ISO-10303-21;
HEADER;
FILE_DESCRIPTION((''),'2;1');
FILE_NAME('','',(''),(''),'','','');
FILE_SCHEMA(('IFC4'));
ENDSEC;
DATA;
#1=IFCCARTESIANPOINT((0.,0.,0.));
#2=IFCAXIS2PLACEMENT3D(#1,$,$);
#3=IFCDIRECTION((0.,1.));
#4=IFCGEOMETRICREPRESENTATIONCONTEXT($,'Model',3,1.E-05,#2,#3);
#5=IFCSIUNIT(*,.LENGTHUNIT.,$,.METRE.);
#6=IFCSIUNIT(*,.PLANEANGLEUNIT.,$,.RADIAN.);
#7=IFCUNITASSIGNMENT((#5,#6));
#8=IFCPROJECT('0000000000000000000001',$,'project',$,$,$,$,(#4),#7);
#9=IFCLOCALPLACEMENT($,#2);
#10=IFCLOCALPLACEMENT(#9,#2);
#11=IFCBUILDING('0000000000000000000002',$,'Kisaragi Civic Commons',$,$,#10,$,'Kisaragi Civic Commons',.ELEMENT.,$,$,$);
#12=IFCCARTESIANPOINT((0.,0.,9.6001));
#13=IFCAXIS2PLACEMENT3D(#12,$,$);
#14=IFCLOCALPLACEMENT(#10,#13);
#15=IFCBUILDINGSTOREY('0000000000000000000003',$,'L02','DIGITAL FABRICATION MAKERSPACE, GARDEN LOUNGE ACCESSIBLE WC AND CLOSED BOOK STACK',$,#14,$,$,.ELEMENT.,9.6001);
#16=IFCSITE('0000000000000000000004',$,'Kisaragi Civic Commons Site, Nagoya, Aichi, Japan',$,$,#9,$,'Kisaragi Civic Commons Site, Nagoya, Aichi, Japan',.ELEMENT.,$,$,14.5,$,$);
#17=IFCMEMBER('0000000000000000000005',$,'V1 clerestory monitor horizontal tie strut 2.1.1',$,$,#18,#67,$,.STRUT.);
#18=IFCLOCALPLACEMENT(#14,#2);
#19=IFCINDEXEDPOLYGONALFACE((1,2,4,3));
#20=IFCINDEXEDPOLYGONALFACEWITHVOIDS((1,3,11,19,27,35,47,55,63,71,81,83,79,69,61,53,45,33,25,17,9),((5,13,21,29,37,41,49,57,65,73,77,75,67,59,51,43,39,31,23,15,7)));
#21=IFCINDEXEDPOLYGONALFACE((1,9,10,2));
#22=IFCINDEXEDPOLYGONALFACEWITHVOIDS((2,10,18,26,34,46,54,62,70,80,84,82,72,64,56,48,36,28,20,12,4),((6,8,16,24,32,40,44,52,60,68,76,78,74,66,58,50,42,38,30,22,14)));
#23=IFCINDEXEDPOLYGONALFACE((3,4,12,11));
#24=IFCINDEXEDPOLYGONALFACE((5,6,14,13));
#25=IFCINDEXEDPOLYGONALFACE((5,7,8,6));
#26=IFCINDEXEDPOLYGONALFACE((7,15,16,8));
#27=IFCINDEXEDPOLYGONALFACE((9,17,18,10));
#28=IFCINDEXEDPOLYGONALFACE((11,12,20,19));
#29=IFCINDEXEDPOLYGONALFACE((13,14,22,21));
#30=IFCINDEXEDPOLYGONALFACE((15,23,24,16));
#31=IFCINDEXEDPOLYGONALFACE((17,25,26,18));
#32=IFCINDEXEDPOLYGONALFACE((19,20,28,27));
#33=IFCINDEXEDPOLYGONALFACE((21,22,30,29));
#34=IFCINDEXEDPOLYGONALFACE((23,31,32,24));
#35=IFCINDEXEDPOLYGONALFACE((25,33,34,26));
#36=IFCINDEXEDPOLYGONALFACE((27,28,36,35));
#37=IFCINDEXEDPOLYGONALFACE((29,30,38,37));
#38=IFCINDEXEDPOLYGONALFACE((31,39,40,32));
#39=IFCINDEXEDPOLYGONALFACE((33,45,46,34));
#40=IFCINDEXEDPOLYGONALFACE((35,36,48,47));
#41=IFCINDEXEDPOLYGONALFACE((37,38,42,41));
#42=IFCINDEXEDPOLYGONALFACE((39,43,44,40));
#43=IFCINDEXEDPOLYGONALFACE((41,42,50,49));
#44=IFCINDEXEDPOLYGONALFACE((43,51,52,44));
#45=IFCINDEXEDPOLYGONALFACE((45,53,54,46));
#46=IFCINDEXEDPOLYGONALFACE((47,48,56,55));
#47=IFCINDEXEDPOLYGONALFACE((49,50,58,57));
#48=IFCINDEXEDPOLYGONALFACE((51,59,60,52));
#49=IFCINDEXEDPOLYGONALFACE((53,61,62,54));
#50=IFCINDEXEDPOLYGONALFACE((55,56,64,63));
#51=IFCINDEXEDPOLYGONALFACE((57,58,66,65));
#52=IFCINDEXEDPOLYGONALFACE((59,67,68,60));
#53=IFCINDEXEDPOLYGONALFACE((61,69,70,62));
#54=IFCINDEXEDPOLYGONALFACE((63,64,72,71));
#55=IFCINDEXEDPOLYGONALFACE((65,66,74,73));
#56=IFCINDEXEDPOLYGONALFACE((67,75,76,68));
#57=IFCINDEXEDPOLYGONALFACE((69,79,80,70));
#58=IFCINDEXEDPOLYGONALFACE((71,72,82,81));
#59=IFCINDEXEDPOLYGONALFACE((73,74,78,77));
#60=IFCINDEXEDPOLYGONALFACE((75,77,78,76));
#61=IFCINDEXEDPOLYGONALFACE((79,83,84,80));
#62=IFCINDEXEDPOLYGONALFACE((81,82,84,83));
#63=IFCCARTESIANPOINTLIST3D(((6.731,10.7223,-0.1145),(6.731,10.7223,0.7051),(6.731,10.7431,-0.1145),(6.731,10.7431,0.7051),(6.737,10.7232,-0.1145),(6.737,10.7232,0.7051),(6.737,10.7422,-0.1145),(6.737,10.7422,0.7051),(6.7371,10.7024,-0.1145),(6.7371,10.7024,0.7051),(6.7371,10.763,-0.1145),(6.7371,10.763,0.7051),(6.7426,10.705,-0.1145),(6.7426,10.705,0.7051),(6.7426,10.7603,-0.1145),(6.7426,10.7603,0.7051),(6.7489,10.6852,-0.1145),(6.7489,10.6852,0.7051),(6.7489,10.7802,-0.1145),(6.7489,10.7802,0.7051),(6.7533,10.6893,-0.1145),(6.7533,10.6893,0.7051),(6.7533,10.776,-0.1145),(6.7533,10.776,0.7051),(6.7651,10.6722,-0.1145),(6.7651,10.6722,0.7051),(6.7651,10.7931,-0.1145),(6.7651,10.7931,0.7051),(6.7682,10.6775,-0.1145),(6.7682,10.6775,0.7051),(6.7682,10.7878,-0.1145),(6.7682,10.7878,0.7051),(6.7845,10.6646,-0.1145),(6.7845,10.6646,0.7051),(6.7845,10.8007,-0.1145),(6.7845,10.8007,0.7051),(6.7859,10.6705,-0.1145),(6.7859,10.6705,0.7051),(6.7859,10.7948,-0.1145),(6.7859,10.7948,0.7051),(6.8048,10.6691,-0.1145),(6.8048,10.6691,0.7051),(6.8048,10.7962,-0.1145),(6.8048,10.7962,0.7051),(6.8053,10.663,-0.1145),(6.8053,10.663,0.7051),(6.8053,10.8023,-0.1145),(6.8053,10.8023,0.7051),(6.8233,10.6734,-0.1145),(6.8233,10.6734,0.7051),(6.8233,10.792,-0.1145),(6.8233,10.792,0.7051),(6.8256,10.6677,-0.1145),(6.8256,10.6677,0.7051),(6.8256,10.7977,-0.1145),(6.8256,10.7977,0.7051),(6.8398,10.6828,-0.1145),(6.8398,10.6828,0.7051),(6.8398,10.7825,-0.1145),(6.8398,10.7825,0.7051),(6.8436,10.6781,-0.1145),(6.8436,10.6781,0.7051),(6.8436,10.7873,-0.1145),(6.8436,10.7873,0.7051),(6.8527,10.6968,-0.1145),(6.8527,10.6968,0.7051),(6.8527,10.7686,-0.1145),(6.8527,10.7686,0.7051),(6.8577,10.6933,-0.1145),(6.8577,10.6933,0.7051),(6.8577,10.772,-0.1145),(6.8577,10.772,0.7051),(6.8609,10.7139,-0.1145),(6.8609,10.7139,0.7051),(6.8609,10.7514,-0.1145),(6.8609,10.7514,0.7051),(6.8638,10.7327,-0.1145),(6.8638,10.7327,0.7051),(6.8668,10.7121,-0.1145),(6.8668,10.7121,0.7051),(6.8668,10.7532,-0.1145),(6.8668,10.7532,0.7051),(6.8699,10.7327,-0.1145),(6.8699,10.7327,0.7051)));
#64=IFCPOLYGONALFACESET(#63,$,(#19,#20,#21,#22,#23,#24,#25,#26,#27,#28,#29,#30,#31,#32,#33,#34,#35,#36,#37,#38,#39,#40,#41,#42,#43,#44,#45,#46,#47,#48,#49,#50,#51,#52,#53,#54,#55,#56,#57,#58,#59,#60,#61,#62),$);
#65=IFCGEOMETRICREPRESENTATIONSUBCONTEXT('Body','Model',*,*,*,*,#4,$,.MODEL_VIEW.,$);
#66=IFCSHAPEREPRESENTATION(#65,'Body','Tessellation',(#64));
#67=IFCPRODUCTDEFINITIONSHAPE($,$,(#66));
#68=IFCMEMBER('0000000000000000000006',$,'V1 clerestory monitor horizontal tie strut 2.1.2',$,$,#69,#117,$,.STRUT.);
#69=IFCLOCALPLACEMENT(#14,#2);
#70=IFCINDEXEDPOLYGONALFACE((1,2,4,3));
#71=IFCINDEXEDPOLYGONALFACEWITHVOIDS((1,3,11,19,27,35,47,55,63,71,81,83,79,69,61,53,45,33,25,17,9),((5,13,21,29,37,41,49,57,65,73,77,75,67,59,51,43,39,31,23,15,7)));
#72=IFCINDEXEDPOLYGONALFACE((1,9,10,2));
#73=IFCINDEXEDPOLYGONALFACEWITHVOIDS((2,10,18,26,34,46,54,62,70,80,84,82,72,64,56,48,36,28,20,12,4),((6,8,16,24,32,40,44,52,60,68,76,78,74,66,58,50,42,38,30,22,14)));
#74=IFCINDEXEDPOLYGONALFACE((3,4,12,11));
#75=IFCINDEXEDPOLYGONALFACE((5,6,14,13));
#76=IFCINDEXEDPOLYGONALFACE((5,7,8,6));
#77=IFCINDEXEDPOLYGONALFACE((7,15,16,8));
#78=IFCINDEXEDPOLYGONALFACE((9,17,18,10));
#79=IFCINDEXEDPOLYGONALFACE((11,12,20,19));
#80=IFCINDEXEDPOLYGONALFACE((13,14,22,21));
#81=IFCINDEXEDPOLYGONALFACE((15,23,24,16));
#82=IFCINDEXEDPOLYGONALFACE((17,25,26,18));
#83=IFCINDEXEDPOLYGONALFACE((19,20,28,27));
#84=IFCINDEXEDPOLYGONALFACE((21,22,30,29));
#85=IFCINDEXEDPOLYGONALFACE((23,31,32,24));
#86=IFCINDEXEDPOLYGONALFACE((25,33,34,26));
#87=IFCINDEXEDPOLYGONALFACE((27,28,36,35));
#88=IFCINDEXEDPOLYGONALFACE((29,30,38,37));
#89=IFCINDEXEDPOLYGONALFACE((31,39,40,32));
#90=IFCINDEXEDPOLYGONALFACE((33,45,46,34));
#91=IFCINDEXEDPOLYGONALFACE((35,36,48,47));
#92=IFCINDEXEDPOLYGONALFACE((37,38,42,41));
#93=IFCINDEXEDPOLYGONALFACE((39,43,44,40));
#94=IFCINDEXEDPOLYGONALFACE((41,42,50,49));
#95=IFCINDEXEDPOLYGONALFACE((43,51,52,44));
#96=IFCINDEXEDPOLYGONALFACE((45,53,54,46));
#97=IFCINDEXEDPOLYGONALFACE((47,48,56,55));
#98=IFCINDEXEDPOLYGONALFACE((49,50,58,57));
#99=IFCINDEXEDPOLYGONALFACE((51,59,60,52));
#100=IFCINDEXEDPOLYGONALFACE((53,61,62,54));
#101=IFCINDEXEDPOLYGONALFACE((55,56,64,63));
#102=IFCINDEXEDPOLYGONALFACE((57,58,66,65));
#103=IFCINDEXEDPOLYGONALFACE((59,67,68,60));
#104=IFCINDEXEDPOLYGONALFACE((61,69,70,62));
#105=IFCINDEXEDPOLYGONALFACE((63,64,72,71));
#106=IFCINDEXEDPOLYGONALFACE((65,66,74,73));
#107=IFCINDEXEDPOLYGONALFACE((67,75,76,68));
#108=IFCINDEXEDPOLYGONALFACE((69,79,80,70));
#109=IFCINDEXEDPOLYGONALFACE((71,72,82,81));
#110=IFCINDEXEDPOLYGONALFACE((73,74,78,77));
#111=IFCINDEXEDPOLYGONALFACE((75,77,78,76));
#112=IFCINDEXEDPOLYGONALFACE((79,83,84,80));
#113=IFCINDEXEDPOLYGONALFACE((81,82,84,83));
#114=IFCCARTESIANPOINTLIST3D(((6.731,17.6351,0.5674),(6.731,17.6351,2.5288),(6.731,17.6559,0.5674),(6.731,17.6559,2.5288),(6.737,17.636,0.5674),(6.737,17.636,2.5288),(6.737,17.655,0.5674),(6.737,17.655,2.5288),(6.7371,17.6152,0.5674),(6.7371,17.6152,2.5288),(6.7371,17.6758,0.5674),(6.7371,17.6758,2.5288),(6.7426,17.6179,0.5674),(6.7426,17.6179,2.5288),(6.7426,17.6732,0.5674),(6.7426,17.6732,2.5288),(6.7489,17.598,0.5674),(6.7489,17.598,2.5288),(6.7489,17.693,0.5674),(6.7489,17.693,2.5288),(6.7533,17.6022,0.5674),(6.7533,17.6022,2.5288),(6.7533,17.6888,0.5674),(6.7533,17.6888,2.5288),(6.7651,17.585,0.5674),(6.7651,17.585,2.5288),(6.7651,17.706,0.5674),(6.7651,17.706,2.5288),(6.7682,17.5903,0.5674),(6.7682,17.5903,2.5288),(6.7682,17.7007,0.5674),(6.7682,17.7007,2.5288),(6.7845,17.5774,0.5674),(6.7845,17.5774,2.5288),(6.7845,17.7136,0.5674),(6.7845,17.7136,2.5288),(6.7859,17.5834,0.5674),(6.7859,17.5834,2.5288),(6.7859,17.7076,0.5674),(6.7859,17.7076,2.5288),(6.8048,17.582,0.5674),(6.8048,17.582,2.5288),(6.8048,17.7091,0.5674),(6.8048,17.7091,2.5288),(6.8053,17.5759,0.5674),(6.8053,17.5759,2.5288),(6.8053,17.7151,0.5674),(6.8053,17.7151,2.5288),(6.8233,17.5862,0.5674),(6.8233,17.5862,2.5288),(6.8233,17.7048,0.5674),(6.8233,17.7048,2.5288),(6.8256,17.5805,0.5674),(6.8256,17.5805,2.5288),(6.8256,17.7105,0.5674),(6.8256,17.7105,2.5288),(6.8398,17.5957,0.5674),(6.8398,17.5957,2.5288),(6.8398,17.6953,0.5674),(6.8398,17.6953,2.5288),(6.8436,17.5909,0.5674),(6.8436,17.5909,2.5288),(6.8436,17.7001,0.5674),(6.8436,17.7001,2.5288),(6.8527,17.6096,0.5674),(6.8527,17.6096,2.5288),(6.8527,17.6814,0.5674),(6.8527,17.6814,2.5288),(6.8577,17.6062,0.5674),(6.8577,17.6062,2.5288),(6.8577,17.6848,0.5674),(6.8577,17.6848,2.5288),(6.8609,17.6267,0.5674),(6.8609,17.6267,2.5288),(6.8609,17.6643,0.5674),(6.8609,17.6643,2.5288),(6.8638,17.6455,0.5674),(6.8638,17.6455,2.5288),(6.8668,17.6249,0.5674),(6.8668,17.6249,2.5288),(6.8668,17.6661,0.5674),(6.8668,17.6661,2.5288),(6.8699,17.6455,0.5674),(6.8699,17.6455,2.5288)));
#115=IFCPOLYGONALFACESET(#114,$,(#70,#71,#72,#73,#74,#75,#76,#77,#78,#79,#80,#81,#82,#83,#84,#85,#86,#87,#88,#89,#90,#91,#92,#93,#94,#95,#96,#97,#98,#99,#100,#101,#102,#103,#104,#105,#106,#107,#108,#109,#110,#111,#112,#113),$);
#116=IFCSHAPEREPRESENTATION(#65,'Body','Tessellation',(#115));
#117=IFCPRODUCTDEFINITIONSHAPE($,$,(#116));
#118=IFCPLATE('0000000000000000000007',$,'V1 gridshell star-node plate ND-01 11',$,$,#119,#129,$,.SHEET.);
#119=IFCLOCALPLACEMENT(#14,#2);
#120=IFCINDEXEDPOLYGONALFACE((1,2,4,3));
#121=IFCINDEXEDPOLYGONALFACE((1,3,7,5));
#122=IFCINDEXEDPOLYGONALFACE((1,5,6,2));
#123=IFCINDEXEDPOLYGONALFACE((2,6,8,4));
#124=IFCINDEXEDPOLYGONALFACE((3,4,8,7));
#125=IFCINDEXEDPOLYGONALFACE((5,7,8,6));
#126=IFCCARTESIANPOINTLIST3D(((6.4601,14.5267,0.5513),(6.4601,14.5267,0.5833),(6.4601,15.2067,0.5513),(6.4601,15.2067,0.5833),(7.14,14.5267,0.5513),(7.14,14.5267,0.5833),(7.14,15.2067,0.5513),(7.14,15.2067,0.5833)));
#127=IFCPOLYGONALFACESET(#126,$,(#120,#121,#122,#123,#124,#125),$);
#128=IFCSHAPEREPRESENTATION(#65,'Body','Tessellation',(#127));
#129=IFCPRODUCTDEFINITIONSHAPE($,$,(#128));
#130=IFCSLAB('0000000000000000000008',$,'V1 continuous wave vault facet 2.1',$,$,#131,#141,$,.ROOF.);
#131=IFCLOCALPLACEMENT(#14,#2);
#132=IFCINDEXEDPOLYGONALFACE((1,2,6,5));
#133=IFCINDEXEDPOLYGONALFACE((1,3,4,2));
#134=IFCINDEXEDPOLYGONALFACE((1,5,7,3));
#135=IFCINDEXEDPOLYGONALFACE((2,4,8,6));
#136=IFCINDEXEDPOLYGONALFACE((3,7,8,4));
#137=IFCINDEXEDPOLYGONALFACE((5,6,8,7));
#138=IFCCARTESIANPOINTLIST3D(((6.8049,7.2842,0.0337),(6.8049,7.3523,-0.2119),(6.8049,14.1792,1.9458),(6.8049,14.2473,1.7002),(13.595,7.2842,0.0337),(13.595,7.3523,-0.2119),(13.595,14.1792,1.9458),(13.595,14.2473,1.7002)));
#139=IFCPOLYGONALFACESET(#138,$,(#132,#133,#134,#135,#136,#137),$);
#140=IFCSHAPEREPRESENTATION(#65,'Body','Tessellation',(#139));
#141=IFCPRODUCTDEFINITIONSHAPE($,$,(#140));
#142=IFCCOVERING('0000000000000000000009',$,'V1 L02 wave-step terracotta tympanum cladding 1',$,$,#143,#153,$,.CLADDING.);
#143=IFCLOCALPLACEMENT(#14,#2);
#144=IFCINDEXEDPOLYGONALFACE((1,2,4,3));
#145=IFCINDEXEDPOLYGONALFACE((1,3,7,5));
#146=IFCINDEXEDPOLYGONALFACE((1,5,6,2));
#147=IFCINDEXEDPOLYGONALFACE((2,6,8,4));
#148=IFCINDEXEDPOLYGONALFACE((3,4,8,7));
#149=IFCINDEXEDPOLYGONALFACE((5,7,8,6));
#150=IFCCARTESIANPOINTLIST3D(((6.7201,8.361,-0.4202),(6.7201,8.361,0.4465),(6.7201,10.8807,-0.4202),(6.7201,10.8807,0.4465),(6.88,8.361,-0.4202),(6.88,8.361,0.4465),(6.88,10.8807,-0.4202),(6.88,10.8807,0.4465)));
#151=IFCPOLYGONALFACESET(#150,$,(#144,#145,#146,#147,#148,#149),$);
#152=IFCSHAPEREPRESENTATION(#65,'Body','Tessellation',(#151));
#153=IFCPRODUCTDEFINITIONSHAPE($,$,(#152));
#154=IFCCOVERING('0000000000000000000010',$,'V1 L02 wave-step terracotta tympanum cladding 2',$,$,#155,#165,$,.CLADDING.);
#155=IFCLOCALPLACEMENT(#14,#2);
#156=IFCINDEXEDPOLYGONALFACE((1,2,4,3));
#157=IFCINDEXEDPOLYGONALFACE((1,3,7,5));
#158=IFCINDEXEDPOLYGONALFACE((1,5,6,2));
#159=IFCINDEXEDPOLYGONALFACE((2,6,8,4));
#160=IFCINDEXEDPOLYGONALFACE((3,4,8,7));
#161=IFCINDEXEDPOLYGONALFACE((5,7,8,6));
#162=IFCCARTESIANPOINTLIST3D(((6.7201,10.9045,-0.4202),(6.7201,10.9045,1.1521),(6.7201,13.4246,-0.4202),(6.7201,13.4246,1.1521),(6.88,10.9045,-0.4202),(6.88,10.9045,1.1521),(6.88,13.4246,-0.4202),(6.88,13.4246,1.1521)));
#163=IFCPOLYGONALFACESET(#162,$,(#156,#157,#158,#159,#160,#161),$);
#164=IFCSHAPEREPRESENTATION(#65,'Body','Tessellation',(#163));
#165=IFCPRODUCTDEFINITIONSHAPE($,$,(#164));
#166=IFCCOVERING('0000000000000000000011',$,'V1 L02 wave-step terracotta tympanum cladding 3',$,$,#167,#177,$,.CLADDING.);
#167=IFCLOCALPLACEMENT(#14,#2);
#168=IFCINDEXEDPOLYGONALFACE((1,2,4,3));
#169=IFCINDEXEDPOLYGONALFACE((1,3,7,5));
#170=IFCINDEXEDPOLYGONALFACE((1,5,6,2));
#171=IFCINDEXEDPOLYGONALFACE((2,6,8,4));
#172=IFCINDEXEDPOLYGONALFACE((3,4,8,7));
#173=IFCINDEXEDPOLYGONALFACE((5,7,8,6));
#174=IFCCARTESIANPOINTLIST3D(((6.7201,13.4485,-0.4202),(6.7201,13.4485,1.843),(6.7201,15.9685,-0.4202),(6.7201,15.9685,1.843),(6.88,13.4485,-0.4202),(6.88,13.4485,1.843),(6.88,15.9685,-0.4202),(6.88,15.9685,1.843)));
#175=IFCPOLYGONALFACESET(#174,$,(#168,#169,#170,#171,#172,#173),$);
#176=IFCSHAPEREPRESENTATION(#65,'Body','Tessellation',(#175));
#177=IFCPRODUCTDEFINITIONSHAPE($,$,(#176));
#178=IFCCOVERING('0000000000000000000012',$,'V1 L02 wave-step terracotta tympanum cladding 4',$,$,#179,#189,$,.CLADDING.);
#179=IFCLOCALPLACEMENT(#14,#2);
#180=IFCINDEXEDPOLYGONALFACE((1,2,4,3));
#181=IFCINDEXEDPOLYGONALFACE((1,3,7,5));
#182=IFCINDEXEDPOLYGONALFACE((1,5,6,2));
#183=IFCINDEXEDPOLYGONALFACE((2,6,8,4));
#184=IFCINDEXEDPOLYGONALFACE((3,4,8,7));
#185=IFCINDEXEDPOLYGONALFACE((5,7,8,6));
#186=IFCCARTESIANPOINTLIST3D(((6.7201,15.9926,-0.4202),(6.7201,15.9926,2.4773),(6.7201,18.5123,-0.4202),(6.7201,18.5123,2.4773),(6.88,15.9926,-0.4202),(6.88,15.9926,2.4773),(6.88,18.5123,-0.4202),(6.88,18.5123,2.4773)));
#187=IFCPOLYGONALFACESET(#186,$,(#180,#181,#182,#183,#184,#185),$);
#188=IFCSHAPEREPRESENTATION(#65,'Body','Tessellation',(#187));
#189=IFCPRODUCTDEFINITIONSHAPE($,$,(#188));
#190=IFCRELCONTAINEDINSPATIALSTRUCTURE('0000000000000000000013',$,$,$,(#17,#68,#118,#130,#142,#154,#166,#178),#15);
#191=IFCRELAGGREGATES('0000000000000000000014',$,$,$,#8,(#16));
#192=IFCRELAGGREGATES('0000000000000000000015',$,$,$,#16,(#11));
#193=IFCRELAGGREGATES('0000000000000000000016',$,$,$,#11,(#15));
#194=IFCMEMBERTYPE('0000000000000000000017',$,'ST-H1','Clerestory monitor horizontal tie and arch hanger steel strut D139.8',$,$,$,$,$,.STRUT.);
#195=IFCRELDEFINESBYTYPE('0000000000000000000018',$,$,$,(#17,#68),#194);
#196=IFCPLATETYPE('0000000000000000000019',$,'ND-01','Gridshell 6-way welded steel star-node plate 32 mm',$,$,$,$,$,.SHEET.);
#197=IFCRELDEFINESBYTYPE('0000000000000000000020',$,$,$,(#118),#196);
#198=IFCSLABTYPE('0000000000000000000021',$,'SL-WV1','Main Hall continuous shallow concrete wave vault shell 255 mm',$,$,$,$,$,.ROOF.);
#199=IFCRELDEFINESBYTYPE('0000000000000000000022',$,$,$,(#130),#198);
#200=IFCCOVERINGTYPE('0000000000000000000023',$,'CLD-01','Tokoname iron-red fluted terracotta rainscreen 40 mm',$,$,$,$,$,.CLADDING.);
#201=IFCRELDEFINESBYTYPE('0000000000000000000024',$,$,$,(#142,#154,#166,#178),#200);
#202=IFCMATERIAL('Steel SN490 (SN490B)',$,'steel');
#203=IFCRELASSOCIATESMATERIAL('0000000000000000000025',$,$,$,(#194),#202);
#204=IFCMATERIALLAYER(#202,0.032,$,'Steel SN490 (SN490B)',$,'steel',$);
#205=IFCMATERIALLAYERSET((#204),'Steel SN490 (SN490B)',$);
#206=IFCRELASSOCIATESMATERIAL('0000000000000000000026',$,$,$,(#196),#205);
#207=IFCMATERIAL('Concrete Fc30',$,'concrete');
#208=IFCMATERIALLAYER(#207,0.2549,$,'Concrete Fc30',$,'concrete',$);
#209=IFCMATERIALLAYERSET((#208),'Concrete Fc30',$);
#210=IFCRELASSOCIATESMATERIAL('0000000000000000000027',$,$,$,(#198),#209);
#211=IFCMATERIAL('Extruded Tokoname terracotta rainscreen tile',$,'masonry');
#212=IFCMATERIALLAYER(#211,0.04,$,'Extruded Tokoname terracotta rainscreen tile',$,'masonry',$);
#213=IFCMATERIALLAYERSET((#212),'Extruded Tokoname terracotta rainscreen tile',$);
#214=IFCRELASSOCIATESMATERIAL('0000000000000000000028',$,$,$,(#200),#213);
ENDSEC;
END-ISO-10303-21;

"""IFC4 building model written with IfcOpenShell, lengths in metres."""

from ifc_helpers import new_model, si_unit, direction, frame, origin, origin_2d, place, context, subcontext, project, spatial, polyline, rectangle, hollow_circle, outline, extrude, material, layer, layer_set, material_profile, profile_set, type_object, element, save


model = new_model("IFC4")

# Units and contexts
model_context = context("Model", 3, precision=1e-05, world=origin(), true_north=direction((0.0, 1.0)))
body_context = subcontext(model_context, "Body", "Model", "MODEL_VIEW")
ifc_project = project(units=[si_unit("LENGTHUNIT", "METRE"), si_unit("PLANEANGLEUNIT", "RADIAN")], contexts=[model_context])

# Site, building, storey
site_placement = place(None, origin())
site = spatial("IfcSite", under=ifc_project, at=site_placement, Name="Kisaragi Civic Commons Site, Nagoya, Aichi, Japan", LongName="Kisaragi Civic Commons Site, Nagoya, Aichi, Japan", CompositionType="ELEMENT", RefElevation=14.5)
building_placement = place(site_placement, origin())
building = spatial("IfcBuilding", under=site, at=building_placement, Name="Kisaragi Civic Commons", LongName="Kisaragi Civic Commons", CompositionType="ELEMENT")
storey_placement = place(building_placement, frame((0.0, 0.0, 9.6001)))
storey = spatial("IfcBuildingStorey", under=building, at=storey_placement, Name="L02", Description="DIGITAL FABRICATION MAKERSPACE, GARDEN LOUNGE ACCESSIBLE WC AND CLOSED BOOK STACK", CompositionType="ELEMENT", Elevation=9.6001)

# Members
ifc_material_1 = material(Name="Steel SN490 (SN490B)", Category="steel")
ifc_material_profile_1 = material_profile(ifc_material_1, hollow_circle(Radius=0.0698, WallThickness=0.0061, at=origin_2d()), Name="CHS-139.8x6.0", Category="steel")
ifc_profile_set_1 = profile_set([ifc_material_profile_1], Name="Steel SN490 (SN490B)")
member_type_1 = type_object("IfcMemberType", Name="ST-H1", Description="Clerestory monitor horizontal tie and arch hanger steel strut D139.8", PredefinedType="STRUT", material=ifc_profile_set_1)
member_1_placement = place(storey_placement, frame((6.8, 10.7327, -0.1145), z_axis=(0.0, 0.0, 1.0), x_axis=(1.0, 0.0, 0.0)))
element("IfcMember", 1, at=member_1_placement, inside=storey, type_object=member_type_1, Name="V1 clerestory monitor horizontal tie strut 2.1.1", PredefinedType="STRUT", context=body_context, shape_type="SweptSolid", body=[
    extrude(hollow_circle(Radius=0.0698, WallThickness=0.0061, at=origin_2d()), origin(), (0.0, 0.0, 1.0), 0.8196),
])
member_2_placement = place(storey_placement, frame((6.8, 17.6455, 0.5674), z_axis=(0.0, 0.0, 1.0), x_axis=(1.0, 0.0, 0.0)))
element("IfcMember", 2, at=member_2_placement, inside=storey, type_object=member_type_1, Name="V1 clerestory monitor horizontal tie strut 2.1.2", PredefinedType="STRUT", context=body_context, shape_type="SweptSolid", body=[
    extrude(hollow_circle(Radius=0.0698, WallThickness=0.0061, at=origin_2d()), origin(), (0.0, 0.0, 1.0), 1.9614),
])

# Plate
ifc_layer_1 = layer(ifc_material_1, 0.032, Name="Steel SN490 (SN490B)", Category="steel")
ifc_layer_set_1 = layer_set([ifc_layer_1], Name="Steel SN490 (SN490B)")
plate_type = type_object("IfcPlateType", Name="ND-01", Description="Gridshell 6-way welded steel star-node plate 32 mm", PredefinedType="SHEET", material=ifc_layer_set_1)
plate_placement = place(storey_placement, frame((6.8, 14.8667, 0.5513), z_axis=(0.0, 0.0, 1.0), x_axis=(1.0, 0.0, 0.0)))
element("IfcPlate", 3, at=plate_placement, inside=storey, type_object=plate_type, Name="V1 gridshell star-node plate ND-01 11", PredefinedType="SHEET", context=body_context, shape_type="SweptSolid", body=[
    extrude(rectangle(XDim=0.6799, YDim=0.6799, at=origin_2d()), origin(), (0.0, 0.0, 1.0), 0.032),
])

# Slab
ifc_material_2 = material(Name="Concrete Fc30", Category="concrete")
ifc_layer_2 = layer(ifc_material_2, 0.2549, Name="Concrete Fc30", Category="concrete")
ifc_layer_set_2 = layer_set([ifc_layer_2], Name="Concrete Fc30")
slab_type = type_object("IfcSlabType", Name="SL-WV1", Description="Main Hall continuous shallow concrete wave vault shell 255 mm", PredefinedType="ROOF", material=ifc_layer_set_2)
slab_placement = place(storey_placement, frame((13.595, 14.1792, 1.9458), z_axis=(0.0, -0.267232, 0.963632), x_axis=(-1.0, 0.0, 0.0)))
element("IfcSlab", 4, at=slab_placement, inside=storey, type_object=slab_type, Name="V1 continuous wave vault facet 2.1", PredefinedType="ROOF", context=body_context, shape_type="SweptSolid", body=[
    extrude(outline(polyline([(0.0, 0.0), (6.79, 0.0), (6.79, 7.1552), (0.0, 7.1552), (0.0, 0.0)])), origin(), (0.0, 0.0, -1.0), 0.2549),
])

# Coverings
ifc_material_3 = material(Name="Extruded Tokoname terracotta rainscreen tile", Category="masonry")
ifc_layer_3 = layer(ifc_material_3, 0.04, Name="Extruded Tokoname terracotta rainscreen tile", Category="masonry")
ifc_layer_set_3 = layer_set([ifc_layer_3], Name="Extruded Tokoname terracotta rainscreen tile")
covering_type = type_object("IfcCoveringType", Name="CLD-01", Description="Tokoname iron-red fluted terracotta rainscreen 40 mm", PredefinedType="CLADDING", material=ifc_layer_set_3)
covering_1_placement = place(storey_placement, frame((6.8, 9.6208, -0.4202), z_axis=(0.0, 0.0, 1.0), x_axis=(0.0, 1.0, 0.0)))
element("IfcCovering", 5, at=covering_1_placement, inside=storey, type_object=covering_type, Name="V1 L02 wave-step terracotta tympanum cladding 1", PredefinedType="CLADDING", context=body_context, shape_type="SweptSolid", body=[
    extrude(rectangle(XDim=2.5198, YDim=0.1599, at=origin_2d()), origin(), (0.0, 0.0, 1.0), 0.8667),
])
covering_2_placement = place(storey_placement, frame((6.8, 12.1646, -0.4202), z_axis=(0.0, 0.0, 1.0), x_axis=(0.0, 1.0, 0.0)))
element("IfcCovering", 6, at=covering_2_placement, inside=storey, type_object=covering_type, Name="V1 L02 wave-step terracotta tympanum cladding 2", PredefinedType="CLADDING", context=body_context, shape_type="SweptSolid", body=[
    extrude(rectangle(XDim=2.52, YDim=0.1599, at=origin_2d()), origin(), (0.0, 0.0, 1.0), 1.5723),
])
covering_3_placement = place(storey_placement, frame((6.8, 14.7085, -0.4202), z_axis=(0.0, 0.0, 1.0), x_axis=(0.0, 1.0, 0.0)))
element("IfcCovering", 7, at=covering_3_placement, inside=storey, type_object=covering_type, Name="V1 L02 wave-step terracotta tympanum cladding 3", PredefinedType="CLADDING", context=body_context, shape_type="SweptSolid", body=[
    extrude(rectangle(XDim=2.52, YDim=0.1599, at=origin_2d()), origin(), (0.0, 0.0, 1.0), 2.2632),
])
covering_4_placement = place(storey_placement, frame((6.8, 17.2524, -0.4202), z_axis=(0.0, 0.0, 1.0), x_axis=(0.0, 1.0, 0.0)))
element("IfcCovering", 8, at=covering_4_placement, inside=storey, type_object=covering_type, Name="V1 L02 wave-step terracotta tympanum cladding 4", PredefinedType="CLADDING", context=body_context, shape_type="SweptSolid", body=[
    extrude(rectangle(XDim=2.5198, YDim=0.1599, at=origin_2d()), origin(), (0.0, 0.0, 1.0), 2.8975),
])

save(model, "model.ifc")
